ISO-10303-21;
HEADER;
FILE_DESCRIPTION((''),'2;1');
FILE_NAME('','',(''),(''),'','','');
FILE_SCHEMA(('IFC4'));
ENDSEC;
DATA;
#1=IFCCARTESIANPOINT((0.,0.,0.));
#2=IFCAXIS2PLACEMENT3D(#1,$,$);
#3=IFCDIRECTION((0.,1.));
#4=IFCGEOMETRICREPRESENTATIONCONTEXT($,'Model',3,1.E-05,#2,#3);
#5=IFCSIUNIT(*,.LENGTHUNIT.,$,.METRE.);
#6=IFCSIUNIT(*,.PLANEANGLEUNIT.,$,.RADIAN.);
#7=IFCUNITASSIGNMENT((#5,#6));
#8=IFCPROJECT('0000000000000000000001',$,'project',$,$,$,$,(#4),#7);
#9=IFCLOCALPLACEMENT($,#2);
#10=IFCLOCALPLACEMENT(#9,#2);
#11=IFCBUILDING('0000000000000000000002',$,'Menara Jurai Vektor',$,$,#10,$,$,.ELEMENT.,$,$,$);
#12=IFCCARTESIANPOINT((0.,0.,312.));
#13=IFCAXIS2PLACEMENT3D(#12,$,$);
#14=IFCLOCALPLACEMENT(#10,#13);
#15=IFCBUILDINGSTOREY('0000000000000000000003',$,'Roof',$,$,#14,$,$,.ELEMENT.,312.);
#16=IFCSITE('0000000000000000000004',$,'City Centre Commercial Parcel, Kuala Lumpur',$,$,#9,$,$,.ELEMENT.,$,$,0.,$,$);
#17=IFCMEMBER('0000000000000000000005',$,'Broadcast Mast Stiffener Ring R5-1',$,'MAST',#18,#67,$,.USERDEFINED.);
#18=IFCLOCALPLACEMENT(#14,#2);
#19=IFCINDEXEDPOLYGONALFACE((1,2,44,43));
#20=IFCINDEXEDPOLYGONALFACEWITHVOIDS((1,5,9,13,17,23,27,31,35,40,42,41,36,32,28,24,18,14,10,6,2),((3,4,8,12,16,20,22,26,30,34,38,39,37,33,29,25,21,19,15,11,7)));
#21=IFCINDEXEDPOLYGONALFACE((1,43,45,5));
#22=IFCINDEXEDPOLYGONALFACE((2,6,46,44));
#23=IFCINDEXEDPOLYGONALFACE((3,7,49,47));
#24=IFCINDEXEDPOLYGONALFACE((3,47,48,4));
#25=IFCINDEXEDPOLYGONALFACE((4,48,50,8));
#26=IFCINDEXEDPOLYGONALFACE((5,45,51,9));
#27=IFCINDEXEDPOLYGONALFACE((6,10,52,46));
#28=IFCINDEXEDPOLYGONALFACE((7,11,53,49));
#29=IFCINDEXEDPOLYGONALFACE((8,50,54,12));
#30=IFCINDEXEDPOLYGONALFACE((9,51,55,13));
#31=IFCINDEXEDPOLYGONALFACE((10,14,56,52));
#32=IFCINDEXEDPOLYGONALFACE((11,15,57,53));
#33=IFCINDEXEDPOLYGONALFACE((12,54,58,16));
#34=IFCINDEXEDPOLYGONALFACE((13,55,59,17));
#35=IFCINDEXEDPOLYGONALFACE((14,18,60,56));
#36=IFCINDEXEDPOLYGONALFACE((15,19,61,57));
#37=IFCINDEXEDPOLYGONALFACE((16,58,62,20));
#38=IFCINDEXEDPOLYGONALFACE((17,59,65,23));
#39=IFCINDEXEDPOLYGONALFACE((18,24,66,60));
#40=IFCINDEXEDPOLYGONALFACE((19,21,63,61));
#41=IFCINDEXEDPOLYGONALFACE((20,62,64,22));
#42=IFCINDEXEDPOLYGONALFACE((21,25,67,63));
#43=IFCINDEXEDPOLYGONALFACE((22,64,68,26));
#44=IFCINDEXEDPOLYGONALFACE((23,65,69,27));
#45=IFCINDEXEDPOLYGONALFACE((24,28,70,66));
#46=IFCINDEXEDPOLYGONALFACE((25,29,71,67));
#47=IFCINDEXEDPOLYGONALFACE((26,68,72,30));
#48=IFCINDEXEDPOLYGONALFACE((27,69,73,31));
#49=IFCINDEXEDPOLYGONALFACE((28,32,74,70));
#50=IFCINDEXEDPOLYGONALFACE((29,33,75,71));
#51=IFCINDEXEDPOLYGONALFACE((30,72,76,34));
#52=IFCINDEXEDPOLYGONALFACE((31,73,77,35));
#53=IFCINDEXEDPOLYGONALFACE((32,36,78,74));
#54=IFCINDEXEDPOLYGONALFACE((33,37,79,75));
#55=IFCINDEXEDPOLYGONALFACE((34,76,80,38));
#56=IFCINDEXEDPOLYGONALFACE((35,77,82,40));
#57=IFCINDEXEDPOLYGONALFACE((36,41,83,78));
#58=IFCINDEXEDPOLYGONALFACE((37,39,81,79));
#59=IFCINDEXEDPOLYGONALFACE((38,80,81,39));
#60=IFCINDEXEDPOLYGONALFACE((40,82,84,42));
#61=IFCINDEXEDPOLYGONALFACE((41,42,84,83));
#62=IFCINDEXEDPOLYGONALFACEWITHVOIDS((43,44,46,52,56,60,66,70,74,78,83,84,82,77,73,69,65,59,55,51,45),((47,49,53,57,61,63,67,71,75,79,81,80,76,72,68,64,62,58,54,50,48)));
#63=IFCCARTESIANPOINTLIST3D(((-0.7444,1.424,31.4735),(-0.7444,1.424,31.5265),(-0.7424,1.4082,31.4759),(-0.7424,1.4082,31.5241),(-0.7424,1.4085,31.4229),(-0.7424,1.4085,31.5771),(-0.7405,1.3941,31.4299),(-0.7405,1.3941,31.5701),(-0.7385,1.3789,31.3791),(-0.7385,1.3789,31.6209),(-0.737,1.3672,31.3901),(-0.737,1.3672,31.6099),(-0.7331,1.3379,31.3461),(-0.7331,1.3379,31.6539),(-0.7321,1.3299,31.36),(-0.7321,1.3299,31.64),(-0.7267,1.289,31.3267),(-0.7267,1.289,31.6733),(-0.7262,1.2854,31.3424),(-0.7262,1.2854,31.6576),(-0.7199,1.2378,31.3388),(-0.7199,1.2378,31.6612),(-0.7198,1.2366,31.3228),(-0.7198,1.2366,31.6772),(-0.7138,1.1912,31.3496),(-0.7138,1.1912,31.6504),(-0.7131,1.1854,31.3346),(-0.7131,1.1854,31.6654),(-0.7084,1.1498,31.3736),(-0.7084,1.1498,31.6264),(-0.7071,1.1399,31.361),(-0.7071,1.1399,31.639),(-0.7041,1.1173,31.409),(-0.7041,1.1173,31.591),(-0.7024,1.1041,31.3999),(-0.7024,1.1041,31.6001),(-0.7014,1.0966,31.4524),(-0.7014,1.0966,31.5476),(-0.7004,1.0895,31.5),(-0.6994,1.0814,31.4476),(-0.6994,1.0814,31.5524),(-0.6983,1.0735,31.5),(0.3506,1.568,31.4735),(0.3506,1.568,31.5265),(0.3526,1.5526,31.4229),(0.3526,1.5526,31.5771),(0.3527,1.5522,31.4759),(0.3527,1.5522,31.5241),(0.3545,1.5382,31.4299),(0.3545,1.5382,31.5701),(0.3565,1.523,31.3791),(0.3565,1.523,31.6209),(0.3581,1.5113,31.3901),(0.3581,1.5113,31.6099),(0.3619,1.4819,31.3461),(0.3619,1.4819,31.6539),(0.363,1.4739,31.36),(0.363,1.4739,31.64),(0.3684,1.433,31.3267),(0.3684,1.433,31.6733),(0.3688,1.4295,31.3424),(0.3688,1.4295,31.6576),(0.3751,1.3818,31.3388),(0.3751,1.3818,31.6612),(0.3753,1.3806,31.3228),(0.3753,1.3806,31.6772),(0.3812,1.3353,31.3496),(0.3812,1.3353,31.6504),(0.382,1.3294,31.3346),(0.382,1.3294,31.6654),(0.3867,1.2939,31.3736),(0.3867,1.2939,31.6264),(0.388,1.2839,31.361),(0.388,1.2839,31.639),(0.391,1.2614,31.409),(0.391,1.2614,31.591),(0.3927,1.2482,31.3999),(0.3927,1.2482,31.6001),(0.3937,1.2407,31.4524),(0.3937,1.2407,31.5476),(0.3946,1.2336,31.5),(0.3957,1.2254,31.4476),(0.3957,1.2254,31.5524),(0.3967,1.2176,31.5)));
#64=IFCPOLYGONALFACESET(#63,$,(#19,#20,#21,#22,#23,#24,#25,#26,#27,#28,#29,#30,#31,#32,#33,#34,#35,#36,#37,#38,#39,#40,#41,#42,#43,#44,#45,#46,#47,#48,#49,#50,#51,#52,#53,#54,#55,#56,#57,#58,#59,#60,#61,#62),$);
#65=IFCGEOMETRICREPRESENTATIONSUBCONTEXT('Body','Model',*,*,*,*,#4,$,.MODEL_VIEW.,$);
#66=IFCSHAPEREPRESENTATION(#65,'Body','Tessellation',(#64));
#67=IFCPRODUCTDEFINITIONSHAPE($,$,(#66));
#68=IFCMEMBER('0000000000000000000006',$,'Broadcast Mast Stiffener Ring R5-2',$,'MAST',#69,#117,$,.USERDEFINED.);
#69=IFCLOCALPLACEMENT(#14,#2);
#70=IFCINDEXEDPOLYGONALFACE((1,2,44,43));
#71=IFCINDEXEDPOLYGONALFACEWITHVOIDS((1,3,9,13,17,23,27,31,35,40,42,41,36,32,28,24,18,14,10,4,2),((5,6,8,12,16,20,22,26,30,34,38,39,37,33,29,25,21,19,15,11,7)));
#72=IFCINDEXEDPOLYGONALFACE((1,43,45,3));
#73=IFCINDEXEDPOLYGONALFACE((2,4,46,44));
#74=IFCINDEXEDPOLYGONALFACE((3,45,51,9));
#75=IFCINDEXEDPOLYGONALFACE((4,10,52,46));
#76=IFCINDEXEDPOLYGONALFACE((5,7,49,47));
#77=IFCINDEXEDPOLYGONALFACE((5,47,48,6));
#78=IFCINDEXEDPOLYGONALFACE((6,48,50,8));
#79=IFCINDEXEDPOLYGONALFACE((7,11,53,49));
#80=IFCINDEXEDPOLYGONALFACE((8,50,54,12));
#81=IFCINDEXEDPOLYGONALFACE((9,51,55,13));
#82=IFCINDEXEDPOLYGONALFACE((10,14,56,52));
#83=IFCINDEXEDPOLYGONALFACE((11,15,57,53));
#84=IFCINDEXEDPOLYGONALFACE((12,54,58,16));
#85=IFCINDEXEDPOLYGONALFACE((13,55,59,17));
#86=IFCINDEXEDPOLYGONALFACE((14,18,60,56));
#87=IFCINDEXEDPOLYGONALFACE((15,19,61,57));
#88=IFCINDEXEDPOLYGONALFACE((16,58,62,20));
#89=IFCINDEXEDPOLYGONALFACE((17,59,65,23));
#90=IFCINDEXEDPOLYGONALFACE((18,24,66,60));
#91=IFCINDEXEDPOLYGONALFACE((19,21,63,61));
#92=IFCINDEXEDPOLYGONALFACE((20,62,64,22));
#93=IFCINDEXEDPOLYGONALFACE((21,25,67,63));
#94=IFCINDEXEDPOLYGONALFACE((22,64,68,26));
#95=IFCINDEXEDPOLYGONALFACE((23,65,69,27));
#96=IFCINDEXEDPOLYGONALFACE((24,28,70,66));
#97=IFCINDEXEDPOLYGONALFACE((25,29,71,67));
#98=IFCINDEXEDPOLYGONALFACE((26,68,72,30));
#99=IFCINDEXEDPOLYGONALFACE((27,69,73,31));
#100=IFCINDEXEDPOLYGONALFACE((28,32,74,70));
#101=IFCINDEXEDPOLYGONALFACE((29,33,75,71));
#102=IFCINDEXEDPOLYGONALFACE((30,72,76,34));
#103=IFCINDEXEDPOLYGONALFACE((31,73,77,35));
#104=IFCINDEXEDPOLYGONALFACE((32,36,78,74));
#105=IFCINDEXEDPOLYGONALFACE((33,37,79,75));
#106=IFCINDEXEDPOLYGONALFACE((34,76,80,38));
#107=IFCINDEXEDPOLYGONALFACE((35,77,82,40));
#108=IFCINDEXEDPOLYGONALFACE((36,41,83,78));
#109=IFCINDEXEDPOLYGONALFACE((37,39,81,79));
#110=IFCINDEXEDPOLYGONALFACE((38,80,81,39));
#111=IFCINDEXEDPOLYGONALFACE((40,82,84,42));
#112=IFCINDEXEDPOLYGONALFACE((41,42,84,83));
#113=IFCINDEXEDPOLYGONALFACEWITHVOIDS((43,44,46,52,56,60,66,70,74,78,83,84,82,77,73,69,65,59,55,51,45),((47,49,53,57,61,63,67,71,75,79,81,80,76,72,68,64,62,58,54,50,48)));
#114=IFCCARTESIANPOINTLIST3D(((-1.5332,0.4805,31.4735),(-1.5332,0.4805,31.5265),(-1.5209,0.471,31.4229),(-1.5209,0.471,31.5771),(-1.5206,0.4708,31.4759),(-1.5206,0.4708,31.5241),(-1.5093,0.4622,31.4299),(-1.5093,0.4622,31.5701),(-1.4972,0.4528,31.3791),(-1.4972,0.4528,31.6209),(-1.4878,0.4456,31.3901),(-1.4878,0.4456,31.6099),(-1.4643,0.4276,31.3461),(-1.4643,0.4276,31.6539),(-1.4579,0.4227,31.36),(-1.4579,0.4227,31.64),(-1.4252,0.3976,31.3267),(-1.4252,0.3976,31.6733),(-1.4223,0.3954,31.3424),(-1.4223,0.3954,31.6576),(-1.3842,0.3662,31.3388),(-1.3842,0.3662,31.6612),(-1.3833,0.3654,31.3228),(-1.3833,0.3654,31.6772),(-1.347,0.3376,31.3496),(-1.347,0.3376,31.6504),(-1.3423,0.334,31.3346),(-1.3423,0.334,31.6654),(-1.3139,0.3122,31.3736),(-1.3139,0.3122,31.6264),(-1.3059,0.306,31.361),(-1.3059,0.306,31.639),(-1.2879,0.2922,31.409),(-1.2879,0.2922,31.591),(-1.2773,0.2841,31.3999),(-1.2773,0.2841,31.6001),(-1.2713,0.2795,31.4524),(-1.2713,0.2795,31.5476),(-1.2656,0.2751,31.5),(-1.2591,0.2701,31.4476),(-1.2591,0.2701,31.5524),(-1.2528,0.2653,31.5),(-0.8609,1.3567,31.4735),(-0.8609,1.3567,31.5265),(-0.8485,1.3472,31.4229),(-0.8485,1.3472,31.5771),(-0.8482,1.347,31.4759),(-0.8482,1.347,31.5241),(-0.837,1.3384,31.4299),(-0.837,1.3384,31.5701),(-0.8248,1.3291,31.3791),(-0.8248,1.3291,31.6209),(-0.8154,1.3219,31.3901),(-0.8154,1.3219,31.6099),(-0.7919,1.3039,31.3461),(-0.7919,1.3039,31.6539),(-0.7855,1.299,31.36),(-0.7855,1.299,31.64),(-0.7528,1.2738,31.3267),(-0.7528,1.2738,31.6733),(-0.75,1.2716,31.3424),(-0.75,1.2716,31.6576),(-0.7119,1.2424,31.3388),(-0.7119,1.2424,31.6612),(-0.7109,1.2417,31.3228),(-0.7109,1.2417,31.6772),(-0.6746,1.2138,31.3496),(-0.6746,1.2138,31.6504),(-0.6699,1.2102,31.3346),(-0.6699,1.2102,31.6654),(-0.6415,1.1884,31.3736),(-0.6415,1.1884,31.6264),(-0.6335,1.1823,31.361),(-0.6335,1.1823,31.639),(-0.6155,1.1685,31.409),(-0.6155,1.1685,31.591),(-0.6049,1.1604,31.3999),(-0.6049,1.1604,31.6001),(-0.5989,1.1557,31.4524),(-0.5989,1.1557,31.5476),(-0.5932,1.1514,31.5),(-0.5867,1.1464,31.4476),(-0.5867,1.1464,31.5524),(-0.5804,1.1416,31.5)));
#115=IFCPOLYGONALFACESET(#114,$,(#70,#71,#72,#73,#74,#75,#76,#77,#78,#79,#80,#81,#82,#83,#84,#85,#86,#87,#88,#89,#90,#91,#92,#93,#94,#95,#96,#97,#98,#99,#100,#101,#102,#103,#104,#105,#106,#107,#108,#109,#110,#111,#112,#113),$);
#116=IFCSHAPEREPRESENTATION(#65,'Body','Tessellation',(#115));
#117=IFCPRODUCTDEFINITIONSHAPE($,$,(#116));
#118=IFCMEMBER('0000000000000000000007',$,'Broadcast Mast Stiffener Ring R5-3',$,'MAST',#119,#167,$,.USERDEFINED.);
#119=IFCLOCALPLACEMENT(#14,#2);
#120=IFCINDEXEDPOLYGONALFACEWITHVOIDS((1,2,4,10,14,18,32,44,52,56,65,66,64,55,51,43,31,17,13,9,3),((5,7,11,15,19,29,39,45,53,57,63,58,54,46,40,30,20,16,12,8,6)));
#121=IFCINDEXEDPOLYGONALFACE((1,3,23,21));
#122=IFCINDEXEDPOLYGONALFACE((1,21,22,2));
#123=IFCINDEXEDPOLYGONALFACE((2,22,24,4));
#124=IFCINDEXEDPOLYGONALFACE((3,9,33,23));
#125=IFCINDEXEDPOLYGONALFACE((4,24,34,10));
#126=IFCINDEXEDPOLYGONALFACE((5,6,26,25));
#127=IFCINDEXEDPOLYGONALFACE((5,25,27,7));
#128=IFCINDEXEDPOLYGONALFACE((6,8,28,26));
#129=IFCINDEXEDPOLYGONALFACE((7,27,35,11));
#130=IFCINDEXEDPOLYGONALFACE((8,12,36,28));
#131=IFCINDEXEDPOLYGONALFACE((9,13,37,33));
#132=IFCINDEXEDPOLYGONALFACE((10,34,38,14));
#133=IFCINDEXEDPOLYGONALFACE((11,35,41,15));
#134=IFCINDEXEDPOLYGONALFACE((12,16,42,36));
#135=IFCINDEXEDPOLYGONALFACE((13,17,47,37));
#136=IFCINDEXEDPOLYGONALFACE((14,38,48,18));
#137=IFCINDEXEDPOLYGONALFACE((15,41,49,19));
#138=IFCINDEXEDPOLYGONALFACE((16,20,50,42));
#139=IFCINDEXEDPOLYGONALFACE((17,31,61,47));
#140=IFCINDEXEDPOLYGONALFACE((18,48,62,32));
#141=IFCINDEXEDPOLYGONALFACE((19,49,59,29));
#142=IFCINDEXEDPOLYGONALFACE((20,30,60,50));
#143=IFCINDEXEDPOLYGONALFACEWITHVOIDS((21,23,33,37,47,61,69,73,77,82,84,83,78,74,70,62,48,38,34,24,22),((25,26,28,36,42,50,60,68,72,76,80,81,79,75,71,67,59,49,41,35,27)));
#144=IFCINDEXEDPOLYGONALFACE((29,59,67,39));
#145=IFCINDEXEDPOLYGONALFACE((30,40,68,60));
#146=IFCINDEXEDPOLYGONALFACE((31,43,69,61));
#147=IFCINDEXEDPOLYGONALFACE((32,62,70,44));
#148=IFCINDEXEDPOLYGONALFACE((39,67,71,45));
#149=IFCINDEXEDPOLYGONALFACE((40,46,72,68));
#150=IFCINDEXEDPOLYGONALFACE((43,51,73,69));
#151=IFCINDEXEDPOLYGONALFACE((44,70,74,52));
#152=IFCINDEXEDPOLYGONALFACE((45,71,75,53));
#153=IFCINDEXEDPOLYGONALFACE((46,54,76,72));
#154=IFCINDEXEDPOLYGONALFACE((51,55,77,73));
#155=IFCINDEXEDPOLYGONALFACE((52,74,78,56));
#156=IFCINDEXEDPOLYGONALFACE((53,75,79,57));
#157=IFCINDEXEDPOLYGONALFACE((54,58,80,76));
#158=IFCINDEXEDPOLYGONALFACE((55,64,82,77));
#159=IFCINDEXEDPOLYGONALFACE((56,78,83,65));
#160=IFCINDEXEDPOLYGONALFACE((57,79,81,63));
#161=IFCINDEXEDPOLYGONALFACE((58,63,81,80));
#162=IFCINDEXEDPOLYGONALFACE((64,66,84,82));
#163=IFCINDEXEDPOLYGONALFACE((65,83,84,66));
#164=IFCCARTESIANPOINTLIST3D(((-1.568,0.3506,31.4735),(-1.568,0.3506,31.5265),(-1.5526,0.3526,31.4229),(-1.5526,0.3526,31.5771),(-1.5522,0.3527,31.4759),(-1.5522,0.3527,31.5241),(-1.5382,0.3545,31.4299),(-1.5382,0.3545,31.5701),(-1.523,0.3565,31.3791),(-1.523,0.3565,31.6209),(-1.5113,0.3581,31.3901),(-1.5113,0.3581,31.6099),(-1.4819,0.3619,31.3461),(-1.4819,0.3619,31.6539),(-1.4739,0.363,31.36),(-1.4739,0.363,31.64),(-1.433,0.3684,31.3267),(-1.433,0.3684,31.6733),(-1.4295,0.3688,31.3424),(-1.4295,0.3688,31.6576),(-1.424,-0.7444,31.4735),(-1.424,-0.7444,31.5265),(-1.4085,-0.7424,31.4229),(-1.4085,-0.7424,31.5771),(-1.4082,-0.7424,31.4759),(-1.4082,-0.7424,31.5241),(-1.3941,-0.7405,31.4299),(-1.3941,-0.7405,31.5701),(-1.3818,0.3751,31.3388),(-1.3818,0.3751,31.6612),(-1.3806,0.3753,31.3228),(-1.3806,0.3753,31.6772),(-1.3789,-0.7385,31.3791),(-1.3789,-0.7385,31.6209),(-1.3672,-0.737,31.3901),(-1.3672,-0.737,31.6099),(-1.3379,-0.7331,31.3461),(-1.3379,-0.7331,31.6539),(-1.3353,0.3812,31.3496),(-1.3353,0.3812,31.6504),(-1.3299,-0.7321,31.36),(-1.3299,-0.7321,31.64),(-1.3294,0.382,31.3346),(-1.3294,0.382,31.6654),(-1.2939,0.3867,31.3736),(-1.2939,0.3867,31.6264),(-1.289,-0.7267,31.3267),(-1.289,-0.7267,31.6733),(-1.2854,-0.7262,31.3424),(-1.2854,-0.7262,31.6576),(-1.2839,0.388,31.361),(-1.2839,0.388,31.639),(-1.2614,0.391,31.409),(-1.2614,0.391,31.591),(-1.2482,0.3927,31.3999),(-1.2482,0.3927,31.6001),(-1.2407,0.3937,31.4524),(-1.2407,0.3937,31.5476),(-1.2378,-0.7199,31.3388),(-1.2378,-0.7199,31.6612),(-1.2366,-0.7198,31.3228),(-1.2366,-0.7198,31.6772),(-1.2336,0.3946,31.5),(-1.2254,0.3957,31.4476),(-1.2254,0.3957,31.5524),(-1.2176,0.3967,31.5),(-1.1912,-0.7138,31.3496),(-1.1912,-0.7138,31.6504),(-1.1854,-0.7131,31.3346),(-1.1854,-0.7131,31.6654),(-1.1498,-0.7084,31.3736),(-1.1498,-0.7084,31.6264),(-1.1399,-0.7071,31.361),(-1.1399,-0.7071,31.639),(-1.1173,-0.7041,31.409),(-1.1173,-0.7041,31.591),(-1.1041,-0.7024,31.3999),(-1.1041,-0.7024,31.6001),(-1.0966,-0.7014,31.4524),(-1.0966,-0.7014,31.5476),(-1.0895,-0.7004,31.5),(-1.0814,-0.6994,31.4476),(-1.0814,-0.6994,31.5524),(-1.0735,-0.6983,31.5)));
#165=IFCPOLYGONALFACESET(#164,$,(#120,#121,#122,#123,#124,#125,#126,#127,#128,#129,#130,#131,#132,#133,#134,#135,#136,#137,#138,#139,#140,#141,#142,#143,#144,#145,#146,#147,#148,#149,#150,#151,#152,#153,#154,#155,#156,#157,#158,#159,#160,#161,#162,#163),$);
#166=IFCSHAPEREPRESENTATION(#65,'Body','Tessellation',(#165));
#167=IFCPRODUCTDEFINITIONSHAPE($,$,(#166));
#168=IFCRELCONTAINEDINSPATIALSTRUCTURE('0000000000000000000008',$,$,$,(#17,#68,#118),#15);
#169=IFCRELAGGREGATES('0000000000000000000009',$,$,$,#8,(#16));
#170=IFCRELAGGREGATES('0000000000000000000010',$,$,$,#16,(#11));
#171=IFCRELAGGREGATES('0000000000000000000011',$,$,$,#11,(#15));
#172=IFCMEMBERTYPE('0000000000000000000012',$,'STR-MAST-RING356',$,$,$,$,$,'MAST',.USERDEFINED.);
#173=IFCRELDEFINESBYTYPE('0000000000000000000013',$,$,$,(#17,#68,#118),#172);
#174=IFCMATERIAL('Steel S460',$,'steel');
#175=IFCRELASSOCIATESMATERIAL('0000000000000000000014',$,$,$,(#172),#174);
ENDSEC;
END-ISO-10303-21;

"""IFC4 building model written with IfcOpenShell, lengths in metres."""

from ifc_helpers import new_model, si_unit, direction, frame, origin, origin_2d, place, context, subcontext, project, spatial, hollow_circle, extrude, material, material_profile, profile_set, type_object, element, save


model = new_model("IFC4")

# Units and contexts
model_context = context("Model", 3, precision=1e-05, world=origin(), true_north=direction((0.0, 1.0)))
body_context = subcontext(model_context, "Body", "Model", "MODEL_VIEW")
ifc_project = project(units=[si_unit("LENGTHUNIT", "METRE"), si_unit("PLANEANGLEUNIT", "RADIAN")], contexts=[model_context])

# Site, building, storey
site_placement = place(None, origin())
site = spatial("IfcSite", under=ifc_project, at=site_placement, Name="City Centre Commercial Parcel, Kuala Lumpur", CompositionType="ELEMENT", RefElevation=0.0)
building_placement = place(site_placement, origin())
building = spatial("IfcBuilding", under=site, at=building_placement, Name="Menara Jurai Vektor", CompositionType="ELEMENT")
storey_placement = place(building_placement, frame((0.0, 0.0, 312.0)))
storey = spatial("IfcBuildingStorey", under=building, at=storey_placement, Name="Roof", CompositionType="ELEMENT", Elevation=312.0)

# Members
ifc_material = material(Name="Steel S460", Category="steel")
ifc_material_profile_1 = material_profile(ifc_material, hollow_circle(Radius=0.1777, WallThickness=0.0161, at=origin_2d()), Name="CHS 355.6x16")
ifc_profile_set_1 = profile_set([ifc_material_profile_1], Name="Steel S460")
member_type_1 = type_object("IfcMemberType", Name="STR-MAST-RING356", ElementType="MAST", PredefinedType="USERDEFINED", material=ifc_profile_set_1)
for number, where, z_axis, x_axis, name in (
    (1, (0.3735, 1.3938, 31.5), (-0.991458, -0.130426, 0.0), (0.130426, -0.991458, 0.0), "Broadcast Mast Stiffener Ring R5-1"),
    (2, (-0.7214, 1.2498, 31.5), (-0.60877, -0.793347, 0.0), (0.793347, -0.60877, 0.0), "Broadcast Mast Stiffener Ring R5-2"),
    (3, (-1.3938, 0.3735, 31.5), (0.130426, -0.991458, 0.0), (0.991458, 0.130426, 0.0), "Broadcast Mast Stiffener Ring R5-3"),
):
    element("IfcMember", number, at=place(storey_placement, frame(where, z_axis=z_axis, x_axis=x_axis)), inside=storey, type_object=member_type_1, Name=name, ObjectType="MAST", PredefinedType="USERDEFINED", context=body_context, shape_type="SweptSolid", body=[
        extrude(hollow_circle(Radius=0.1777, WallThickness=0.0161, at=origin_2d()), origin(), (0.0, 0.0, 1.0), 1.1045),
    ])

save(model, "model.ifc")
